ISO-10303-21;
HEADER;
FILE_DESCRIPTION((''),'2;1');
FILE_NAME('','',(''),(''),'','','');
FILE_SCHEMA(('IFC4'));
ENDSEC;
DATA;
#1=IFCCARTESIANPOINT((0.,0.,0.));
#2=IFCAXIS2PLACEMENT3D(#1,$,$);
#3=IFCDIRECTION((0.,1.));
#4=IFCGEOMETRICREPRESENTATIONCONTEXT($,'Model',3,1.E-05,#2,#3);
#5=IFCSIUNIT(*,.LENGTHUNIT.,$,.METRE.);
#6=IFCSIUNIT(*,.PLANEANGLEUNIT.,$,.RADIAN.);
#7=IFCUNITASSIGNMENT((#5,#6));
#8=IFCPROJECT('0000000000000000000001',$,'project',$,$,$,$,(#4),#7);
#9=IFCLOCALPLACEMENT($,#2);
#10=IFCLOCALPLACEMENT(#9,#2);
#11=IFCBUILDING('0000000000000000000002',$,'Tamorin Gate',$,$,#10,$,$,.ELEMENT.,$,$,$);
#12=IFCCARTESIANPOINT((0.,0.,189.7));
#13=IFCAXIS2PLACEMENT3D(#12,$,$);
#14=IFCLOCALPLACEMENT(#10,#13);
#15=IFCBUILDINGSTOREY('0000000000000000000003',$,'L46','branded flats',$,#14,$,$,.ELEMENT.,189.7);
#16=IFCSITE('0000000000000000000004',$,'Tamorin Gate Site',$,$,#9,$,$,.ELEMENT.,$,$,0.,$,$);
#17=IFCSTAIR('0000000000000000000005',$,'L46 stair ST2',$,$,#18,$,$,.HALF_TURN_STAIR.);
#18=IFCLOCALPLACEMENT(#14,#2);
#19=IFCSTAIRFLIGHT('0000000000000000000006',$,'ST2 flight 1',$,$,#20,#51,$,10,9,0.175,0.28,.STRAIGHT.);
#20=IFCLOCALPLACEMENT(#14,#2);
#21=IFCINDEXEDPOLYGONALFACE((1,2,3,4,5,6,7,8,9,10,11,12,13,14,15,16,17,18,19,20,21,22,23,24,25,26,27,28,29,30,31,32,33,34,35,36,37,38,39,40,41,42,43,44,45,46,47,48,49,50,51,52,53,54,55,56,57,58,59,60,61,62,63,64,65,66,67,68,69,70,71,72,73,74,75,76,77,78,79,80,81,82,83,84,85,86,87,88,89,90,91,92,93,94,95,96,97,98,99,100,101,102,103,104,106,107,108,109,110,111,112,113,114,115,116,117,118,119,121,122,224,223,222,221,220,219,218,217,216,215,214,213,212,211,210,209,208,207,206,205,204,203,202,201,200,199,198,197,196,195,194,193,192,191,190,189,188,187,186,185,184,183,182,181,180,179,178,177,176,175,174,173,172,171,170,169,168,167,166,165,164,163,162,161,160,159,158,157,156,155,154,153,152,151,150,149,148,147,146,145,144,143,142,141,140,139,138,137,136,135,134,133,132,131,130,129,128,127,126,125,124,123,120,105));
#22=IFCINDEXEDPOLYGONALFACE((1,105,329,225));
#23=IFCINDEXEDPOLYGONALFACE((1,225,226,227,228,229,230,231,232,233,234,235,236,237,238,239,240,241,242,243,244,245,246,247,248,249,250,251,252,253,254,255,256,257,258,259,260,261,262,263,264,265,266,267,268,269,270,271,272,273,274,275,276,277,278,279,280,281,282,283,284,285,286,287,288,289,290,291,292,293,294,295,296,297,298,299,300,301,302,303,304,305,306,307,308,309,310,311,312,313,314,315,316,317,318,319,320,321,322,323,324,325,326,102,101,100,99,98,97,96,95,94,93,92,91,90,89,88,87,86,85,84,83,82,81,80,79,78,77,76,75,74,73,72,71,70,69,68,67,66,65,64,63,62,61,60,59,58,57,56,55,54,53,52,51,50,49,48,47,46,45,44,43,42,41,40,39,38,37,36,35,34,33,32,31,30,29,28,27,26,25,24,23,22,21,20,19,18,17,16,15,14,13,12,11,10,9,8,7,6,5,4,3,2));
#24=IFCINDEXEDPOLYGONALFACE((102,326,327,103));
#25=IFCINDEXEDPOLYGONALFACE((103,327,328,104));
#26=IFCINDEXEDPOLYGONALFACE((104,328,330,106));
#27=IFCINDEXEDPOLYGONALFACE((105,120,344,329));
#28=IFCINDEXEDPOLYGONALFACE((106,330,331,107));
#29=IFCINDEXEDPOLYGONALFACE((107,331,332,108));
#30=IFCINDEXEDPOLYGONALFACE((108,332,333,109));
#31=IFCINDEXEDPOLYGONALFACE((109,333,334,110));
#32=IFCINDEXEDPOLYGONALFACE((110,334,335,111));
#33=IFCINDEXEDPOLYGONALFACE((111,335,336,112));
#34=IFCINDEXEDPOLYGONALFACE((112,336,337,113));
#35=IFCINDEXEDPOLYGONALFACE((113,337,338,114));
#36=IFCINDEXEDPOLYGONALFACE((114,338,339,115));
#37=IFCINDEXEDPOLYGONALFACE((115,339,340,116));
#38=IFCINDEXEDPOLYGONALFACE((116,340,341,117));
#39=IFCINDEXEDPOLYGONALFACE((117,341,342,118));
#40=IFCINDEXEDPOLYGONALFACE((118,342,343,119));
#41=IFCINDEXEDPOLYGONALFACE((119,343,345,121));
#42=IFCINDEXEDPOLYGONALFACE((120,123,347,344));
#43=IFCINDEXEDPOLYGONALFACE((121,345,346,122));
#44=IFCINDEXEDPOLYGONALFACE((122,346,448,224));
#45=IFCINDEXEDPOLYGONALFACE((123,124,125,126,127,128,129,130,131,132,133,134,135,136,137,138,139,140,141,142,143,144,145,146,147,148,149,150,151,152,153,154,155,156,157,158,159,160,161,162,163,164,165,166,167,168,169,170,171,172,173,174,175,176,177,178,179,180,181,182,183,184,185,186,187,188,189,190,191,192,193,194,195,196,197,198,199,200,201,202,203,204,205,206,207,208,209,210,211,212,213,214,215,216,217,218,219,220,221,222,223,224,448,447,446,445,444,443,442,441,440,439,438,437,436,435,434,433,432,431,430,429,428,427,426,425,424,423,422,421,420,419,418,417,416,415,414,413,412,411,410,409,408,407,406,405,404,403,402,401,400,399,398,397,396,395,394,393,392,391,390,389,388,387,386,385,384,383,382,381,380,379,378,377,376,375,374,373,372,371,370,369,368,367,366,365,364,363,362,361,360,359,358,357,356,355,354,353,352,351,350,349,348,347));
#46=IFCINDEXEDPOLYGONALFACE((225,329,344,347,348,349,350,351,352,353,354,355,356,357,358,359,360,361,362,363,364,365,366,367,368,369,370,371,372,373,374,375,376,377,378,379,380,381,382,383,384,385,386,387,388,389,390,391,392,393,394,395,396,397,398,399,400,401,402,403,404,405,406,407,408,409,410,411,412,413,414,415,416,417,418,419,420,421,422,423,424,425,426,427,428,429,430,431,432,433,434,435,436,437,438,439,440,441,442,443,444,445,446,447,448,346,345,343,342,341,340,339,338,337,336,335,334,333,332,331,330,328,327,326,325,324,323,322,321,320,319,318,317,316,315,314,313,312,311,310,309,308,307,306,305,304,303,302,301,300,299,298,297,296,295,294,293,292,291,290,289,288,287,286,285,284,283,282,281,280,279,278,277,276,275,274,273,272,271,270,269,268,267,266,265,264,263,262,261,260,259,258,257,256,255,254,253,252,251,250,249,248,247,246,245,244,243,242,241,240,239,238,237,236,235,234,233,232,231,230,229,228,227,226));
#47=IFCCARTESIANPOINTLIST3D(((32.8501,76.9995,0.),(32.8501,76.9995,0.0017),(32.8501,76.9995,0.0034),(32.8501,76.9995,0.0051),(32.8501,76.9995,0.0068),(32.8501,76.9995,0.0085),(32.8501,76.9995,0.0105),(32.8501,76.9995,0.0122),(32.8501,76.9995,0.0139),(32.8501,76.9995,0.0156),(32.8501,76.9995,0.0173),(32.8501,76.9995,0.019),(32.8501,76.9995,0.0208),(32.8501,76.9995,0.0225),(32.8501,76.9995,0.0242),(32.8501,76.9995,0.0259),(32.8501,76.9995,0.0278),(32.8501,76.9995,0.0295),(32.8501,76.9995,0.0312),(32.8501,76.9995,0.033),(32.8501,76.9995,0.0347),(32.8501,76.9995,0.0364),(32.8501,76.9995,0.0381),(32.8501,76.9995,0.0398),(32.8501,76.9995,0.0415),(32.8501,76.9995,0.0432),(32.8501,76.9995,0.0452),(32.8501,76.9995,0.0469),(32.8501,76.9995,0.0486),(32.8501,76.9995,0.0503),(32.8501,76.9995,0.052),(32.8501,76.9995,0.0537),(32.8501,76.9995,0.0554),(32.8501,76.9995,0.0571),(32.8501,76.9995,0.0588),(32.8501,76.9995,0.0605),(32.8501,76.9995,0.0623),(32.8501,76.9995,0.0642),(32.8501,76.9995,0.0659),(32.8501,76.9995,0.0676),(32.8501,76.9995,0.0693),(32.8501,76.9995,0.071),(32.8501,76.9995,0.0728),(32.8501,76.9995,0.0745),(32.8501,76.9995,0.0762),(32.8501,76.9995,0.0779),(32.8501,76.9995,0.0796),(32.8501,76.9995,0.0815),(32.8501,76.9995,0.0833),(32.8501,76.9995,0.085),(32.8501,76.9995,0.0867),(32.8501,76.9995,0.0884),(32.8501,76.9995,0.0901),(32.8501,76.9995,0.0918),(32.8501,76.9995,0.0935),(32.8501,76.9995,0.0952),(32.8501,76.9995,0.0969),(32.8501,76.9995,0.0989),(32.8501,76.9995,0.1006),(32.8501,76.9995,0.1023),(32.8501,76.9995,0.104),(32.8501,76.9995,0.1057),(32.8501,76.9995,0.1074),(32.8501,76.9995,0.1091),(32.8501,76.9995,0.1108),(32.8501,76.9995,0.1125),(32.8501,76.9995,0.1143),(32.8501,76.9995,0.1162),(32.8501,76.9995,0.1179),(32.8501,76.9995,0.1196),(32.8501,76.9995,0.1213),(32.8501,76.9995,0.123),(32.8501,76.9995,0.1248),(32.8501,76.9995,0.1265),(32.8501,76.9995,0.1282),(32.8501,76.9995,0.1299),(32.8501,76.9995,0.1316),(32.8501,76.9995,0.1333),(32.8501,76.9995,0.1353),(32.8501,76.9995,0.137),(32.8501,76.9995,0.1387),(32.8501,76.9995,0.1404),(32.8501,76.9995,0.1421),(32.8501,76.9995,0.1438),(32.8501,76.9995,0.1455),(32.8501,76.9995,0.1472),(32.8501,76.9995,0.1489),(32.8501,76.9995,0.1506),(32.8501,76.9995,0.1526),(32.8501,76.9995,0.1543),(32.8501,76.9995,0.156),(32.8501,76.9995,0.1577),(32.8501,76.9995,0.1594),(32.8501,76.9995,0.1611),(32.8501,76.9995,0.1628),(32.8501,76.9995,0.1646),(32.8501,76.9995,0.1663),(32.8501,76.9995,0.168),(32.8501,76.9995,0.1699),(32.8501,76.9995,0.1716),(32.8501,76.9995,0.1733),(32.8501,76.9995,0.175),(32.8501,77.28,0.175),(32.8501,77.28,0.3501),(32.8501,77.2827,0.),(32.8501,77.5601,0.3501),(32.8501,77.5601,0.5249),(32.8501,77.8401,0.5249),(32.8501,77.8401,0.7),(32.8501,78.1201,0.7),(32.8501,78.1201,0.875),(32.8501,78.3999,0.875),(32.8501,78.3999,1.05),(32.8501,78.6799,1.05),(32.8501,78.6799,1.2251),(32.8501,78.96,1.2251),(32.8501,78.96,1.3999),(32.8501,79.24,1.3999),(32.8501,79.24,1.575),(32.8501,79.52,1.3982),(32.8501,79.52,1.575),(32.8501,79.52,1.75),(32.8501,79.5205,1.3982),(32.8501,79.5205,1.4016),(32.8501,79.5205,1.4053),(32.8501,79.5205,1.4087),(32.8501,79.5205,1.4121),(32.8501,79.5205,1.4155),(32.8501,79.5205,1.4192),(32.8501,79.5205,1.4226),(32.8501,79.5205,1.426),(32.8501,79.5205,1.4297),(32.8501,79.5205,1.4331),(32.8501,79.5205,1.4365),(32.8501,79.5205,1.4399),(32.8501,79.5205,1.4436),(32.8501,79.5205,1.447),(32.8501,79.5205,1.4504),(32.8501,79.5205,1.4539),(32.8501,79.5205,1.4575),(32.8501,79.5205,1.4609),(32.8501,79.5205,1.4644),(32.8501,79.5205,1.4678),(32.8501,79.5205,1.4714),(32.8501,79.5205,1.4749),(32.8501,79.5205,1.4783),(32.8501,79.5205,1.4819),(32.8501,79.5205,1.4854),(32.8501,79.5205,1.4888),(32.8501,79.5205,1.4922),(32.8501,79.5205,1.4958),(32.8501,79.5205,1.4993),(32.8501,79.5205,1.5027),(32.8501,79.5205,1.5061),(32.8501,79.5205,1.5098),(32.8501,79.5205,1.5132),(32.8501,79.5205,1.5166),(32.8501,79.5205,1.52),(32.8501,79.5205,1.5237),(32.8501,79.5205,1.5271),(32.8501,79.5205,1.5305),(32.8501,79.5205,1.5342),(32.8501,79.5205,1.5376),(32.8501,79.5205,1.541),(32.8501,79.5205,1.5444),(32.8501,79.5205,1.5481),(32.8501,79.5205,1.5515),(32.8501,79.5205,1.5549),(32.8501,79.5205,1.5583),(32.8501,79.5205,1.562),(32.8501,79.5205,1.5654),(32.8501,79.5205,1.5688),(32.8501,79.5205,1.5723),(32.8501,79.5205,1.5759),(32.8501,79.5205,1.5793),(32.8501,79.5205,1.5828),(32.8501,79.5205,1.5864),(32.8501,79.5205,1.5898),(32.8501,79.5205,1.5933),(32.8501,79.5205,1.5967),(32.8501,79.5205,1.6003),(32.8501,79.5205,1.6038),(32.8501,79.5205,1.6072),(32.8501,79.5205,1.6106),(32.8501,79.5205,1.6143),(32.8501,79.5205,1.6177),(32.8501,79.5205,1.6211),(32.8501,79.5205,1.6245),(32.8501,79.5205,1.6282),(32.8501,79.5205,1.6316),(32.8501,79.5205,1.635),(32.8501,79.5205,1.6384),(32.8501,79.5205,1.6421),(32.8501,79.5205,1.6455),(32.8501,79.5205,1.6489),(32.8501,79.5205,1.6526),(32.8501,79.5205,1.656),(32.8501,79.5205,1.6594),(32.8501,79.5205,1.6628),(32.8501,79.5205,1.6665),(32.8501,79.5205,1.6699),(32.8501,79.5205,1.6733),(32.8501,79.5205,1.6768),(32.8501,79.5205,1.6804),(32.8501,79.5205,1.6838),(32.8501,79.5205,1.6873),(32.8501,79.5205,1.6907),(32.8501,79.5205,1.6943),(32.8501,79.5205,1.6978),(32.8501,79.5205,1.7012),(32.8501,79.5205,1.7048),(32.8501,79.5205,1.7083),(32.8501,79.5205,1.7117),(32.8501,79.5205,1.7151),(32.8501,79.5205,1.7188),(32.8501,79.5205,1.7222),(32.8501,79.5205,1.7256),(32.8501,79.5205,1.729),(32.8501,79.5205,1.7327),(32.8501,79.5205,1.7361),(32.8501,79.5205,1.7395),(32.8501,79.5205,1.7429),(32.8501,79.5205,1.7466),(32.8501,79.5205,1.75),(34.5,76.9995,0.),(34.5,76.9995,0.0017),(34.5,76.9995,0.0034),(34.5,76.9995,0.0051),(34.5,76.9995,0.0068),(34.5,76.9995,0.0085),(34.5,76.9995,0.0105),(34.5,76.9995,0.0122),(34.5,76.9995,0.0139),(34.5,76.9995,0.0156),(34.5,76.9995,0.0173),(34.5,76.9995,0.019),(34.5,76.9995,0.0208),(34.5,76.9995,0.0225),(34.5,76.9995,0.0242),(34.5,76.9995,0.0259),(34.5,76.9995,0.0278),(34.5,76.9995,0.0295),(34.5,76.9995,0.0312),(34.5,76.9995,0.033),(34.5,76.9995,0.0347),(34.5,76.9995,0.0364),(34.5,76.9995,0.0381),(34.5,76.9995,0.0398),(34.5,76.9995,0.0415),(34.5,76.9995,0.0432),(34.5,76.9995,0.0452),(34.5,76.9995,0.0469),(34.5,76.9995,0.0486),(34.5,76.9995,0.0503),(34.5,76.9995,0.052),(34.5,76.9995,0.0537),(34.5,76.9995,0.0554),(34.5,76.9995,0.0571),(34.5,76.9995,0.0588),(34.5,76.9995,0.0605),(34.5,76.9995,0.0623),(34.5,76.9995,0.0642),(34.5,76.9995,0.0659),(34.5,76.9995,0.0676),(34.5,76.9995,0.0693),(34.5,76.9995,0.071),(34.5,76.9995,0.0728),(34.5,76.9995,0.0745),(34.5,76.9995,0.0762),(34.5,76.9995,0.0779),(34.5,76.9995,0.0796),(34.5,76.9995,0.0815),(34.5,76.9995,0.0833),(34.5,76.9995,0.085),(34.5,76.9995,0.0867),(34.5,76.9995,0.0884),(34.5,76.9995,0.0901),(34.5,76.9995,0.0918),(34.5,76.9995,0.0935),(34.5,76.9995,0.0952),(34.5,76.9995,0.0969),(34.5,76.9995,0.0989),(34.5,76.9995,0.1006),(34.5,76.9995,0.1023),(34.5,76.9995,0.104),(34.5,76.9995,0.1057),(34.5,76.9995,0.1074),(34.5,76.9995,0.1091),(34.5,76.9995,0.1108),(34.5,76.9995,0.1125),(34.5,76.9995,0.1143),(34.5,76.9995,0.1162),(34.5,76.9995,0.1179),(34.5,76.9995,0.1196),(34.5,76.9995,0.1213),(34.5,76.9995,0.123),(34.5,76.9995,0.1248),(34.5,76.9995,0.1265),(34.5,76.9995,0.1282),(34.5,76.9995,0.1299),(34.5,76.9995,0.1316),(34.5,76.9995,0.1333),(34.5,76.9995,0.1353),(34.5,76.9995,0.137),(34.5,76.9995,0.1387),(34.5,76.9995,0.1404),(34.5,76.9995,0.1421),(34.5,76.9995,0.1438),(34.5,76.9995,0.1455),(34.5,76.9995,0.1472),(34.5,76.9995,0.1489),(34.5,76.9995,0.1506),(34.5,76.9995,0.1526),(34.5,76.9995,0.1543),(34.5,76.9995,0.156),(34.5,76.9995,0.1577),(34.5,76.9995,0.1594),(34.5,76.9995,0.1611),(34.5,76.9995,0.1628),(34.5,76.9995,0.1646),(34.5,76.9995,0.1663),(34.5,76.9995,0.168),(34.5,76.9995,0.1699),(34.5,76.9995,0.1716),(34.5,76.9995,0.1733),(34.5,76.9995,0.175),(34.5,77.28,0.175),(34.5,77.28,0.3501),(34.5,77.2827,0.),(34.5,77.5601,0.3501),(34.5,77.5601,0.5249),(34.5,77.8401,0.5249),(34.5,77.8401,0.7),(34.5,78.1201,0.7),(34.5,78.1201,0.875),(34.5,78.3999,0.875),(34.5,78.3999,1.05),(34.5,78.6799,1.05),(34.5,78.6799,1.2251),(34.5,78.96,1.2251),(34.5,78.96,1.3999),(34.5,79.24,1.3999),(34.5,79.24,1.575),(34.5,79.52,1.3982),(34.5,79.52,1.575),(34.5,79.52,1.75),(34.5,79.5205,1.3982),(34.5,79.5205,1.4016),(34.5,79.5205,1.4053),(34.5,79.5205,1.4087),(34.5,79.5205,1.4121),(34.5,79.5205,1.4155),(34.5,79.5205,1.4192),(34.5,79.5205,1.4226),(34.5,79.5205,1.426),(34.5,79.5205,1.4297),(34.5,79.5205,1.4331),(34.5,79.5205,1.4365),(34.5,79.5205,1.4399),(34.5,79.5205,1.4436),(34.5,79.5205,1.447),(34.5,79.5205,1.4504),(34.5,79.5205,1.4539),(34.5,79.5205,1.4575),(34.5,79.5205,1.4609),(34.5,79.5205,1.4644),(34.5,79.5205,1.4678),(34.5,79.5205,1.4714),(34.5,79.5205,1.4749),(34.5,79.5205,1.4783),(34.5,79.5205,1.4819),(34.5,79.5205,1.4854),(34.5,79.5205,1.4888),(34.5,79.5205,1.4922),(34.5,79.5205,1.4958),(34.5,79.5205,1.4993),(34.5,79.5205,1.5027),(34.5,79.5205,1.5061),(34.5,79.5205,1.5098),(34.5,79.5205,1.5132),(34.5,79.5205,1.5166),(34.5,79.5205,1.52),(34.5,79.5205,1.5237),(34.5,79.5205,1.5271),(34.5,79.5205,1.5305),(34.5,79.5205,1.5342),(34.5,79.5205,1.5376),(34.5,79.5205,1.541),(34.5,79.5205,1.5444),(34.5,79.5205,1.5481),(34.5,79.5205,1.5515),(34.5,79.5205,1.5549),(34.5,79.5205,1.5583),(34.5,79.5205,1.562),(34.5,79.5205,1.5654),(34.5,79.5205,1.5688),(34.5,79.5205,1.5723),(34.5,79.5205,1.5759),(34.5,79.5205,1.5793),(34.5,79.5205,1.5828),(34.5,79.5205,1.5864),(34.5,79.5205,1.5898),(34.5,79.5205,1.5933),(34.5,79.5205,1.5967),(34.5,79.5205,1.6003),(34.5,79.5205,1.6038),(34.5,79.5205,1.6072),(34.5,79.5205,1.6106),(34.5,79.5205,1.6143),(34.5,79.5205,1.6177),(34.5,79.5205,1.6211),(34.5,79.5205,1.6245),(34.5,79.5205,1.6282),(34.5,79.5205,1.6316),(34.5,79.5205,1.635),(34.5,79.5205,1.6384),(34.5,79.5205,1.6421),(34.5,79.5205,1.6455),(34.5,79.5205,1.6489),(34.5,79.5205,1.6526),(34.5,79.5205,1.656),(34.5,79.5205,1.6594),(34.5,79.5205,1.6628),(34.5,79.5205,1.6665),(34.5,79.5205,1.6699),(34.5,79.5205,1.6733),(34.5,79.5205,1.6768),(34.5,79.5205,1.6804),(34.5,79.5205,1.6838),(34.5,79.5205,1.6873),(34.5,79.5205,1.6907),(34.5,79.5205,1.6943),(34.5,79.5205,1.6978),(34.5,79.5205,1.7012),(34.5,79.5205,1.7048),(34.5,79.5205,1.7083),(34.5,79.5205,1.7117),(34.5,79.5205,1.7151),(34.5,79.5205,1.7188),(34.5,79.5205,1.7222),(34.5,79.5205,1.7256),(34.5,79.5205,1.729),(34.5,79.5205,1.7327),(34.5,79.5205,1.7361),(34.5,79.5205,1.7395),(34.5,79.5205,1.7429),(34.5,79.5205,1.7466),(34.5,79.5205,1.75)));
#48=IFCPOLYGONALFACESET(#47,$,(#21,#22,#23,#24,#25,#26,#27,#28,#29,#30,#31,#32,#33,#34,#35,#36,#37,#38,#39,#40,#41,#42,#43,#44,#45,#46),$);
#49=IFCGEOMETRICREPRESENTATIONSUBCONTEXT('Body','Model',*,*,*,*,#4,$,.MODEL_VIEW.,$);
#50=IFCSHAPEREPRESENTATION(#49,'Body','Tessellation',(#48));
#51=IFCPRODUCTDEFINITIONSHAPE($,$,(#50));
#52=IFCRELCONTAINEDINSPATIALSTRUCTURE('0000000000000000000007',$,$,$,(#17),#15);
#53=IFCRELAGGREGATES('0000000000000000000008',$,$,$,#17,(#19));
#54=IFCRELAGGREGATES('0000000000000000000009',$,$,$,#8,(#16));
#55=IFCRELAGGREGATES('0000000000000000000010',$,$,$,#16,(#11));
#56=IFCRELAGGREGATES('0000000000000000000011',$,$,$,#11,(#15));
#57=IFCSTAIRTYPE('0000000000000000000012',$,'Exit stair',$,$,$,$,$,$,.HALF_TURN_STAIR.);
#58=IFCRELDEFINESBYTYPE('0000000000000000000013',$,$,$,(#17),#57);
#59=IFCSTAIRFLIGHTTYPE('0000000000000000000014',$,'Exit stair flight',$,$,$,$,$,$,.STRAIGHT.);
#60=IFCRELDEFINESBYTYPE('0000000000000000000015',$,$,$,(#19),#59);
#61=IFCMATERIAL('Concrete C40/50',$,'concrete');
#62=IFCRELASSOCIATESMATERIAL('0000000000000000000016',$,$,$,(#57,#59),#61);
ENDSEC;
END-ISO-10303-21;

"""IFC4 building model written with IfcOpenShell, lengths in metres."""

from ifc_helpers import new_model, si_unit, direction, frame, origin, place, context, subcontext, project, spatial, polyline, outline, extrude, material, type_object, element, aggregate, save


model = new_model("IFC4")

# Units and contexts
model_context = context("Model", 3, precision=1e-05, world=origin(), true_north=direction((0.0, 1.0)))
body_context = subcontext(model_context, "Body", "Model", "MODEL_VIEW")
ifc_project = project(units=[si_unit("LENGTHUNIT", "METRE"), si_unit("PLANEANGLEUNIT", "RADIAN")], contexts=[model_context])

# Site, building, storey
site_placement = place(None, origin())
site = spatial("IfcSite", under=ifc_project, at=site_placement, Name="Tamorin Gate Site", CompositionType="ELEMENT", RefElevation=0.0)
building_placement = place(site_placement, origin())
building = spatial("IfcBuilding", under=site, at=building_placement, Name="Tamorin Gate", CompositionType="ELEMENT")
storey_placement = place(building_placement, frame((0.0, 0.0, 189.7)))
storey = spatial("IfcBuildingStorey", under=building, at=storey_placement, Name="L46", Description="branded flats", CompositionType="ELEMENT", Elevation=189.7)

# Shared definitions
ifc_material_1 = material(Name="Concrete C40/50", Category="concrete")

# Shared definitions
stair_type = type_object("IfcStairType", Name="Exit stair", PredefinedType="HALF_TURN_STAIR", material=ifc_material_1)
stair_flight_type = type_object("IfcStairFlightType", Name="Exit stair flight", PredefinedType="STRAIGHT", material=ifc_material_1)

# Stair, stair flight
stair_1_placement = place(storey_placement, origin())
stair_1 = element("IfcStair", 1, at=stair_1_placement, inside=storey, type_object=stair_type, Name="L46 stair ST2", PredefinedType="HALF_TURN_STAIR")
stair_flight_1_placement = place(storey_placement, frame((33.675, 77.0, 0.0), z_axis=(0.0, 0.0, 1.0), x_axis=(0.0, 1.0, 0.0)))
stair_flight_1 = element("IfcStairFlight", 2, at=stair_flight_1_placement, type_object=stair_flight_type, Name="ST2 flight 1", NumberOfRisers=10, NumberOfTreads=9, PredefinedType="STRAIGHT", RiserHeight=0.175, TreadLength=0.28, context=body_context, shape_type="SweptSolid", body=[
    extrude(outline(polyline([(-0.0005, 0.0), (-0.0005, 0.0017), (-0.0005, 0.0034), (-0.0005, 0.0051), (-0.0005, 0.0068), (-0.0005, 0.0085), (-0.0005, 0.0105), (-0.0005, 0.0122), (-0.0005, 0.0139), (-0.0005, 0.0156), (-0.0005, 0.0173), (-0.0005, 0.019), (-0.0005, 0.0208), (-0.0005, 0.0225), (-0.0005, 0.0242), (-0.0005, 0.0259), (-0.0005, 0.0278), (-0.0005, 0.0295), (-0.0005, 0.0312), (-0.0005, 0.033), (-0.0005, 0.0347), (-0.0005, 0.0364), (-0.0005, 0.0381), (-0.0005, 0.0398), (-0.0005, 0.0415), (-0.0005, 0.0432), (-0.0005, 0.0452), (-0.0005, 0.0469), (-0.0005, 0.0486), (-0.0005, 0.0503), (-0.0005, 0.052), (-0.0005, 0.0537), (-0.0005, 0.0554), (-0.0005, 0.0571), (-0.0005, 0.0588), (-0.0005, 0.0605), (-0.0005, 0.0623), (-0.0005, 0.0642), (-0.0005, 0.0659), (-0.0005, 0.0676), (-0.0005, 0.0693), (-0.0005, 0.071), (-0.0005, 0.0728), (-0.0005, 0.0745), (-0.0005, 0.0762), (-0.0005, 0.0779), (-0.0005, 0.0796), (-0.0005, 0.0815), (-0.0005, 0.0833), (-0.0005, 0.085), (-0.0005, 0.0867), (-0.0005, 0.0884), (-0.0005, 0.0901), (-0.0005, 0.0918), (-0.0005, 0.0935), (-0.0005, 0.0952), (-0.0005, 0.0969), (-0.0005, 0.0989), (-0.0005, 0.1006), (-0.0005, 0.1023), (-0.0005, 0.104), (-0.0005, 0.1057), (-0.0005, 0.1074), (-0.0005, 0.1091), (-0.0005, 0.1108), (-0.0005, 0.1125), (-0.0005, 0.1143), (-0.0005, 0.1162), (-0.0005, 0.1179), (-0.0005, 0.1196), (-0.0005, 0.1213), (-0.0005, 0.123), (-0.0005, 0.1248), (-0.0005, 0.1265), (-0.0005, 0.1282), (-0.0005, 0.1299), (-0.0005, 0.1316), (-0.0005, 0.1333), (-0.0005, 0.1353), (-0.0005, 0.137), (-0.0005, 0.1387), (-0.0005, 0.1404), (-0.0005, 0.1421), (-0.0005, 0.1438), (-0.0005, 0.1455), (-0.0005, 0.1472), (-0.0005, 0.1489), (-0.0005, 0.1506), (-0.0005, 0.1526), (-0.0005, 0.1543), (-0.0005, 0.156), (-0.0005, 0.1577), (-0.0005, 0.1594), (-0.0005, 0.1611), (-0.0005, 0.1628), (-0.0005, 0.1646), (-0.0005, 0.1663), (-0.0005, 0.168), (-0.0005, 0.1699), (-0.0005, 0.1716), (-0.0005, 0.1733), (-0.0005, 0.175), (0.28, 0.175), (0.28, 0.3501), (0.5601, 0.3501), (0.5601, 0.5249), (0.8401, 0.5249), (0.8401, 0.7), (1.1201, 0.7), (1.1201, 0.875), (1.3999, 0.875), (1.3999, 1.05), (1.6799, 1.05), (1.6799, 1.2251), (1.96, 1.2251), (1.96, 1.3999), (2.24, 1.3999), (2.24, 1.575), (2.52, 1.575), (2.52, 1.75), (2.5205, 1.75), (2.5205, 1.7466), (2.5205, 1.7429), (2.5205, 1.7395), (2.5205, 1.7361), (2.5205, 1.7327), (2.5205, 1.729), (2.5205, 1.7256), (2.5205, 1.7222), (2.5205, 1.7188), (2.5205, 1.7151), (2.5205, 1.7117), (2.5205, 1.7083), (2.5205, 1.7048), (2.5205, 1.7012), (2.5205, 1.6978), (2.5205, 1.6943), (2.5205, 1.6907), (2.5205, 1.6873), (2.5205, 1.6838), (2.5205, 1.6804), (2.5205, 1.6768), (2.5205, 1.6733), (2.5205, 1.6699), (2.5205, 1.6665), (2.5205, 1.6628), (2.5205, 1.6594), (2.5205, 1.656), (2.5205, 1.6526), (2.5205, 1.6489), (2.5205, 1.6455), (2.5205, 1.6421), (2.5205, 1.6384), (2.5205, 1.635), (2.5205, 1.6316), (2.5205, 1.6282), (2.5205, 1.6245), (2.5205, 1.6211), (2.5205, 1.6177), (2.5205, 1.6143), (2.5205, 1.6106), (2.5205, 1.6072), (2.5205, 1.6038), (2.5205, 1.6003), (2.5205, 1.5967), (2.5205, 1.5933), (2.5205, 1.5898), (2.5205, 1.5864), (2.5205, 1.5828), (2.5205, 1.5793), (2.5205, 1.5759), (2.5205, 1.5723), (2.5205, 1.5688), (2.5205, 1.5654), (2.5205, 1.562), (2.5205, 1.5583), (2.5205, 1.5549), (2.5205, 1.5515), (2.5205, 1.5481), (2.5205, 1.5444), (2.5205, 1.541), (2.5205, 1.5376), (2.5205, 1.5342), (2.5205, 1.5305), (2.5205, 1.5271), (2.5205, 1.5237), (2.5205, 1.52), (2.5205, 1.5166), (2.5205, 1.5132), (2.5205, 1.5098), (2.5205, 1.5061), (2.5205, 1.5027), (2.5205, 1.4993), (2.5205, 1.4958), (2.5205, 1.4922), (2.5205, 1.4888), (2.5205, 1.4854), (2.5205, 1.4819), (2.5205, 1.4783), (2.5205, 1.4749), (2.5205, 1.4714), (2.5205, 1.4678), (2.5205, 1.4644), (2.5205, 1.4609), (2.5205, 1.4575), (2.5205, 1.4539), (2.5205, 1.4504), (2.5205, 1.447), (2.5205, 1.4436), (2.5205, 1.4399), (2.5205, 1.4365), (2.5205, 1.4331), (2.5205, 1.4297), (2.5205, 1.426), (2.5205, 1.4226), (2.5205, 1.4192), (2.5205, 1.4155), (2.5205, 1.4121), (2.5205, 1.4087), (2.5205, 1.4053), (2.5205, 1.4016), (2.5205, 1.3982), (2.52, 1.3982), (0.2827, 0.0), (-0.0005, 0.0)])), frame((0.0, 0.825, 0.0), z_axis=(0.0, -1.0, 0.0), x_axis=(1.0, 0.0, 0.0)), (0.0, 0.0, 1.0), 1.6499),
])
aggregate(stair_1, [stair_flight_1])

save(model, "model.ifc")
